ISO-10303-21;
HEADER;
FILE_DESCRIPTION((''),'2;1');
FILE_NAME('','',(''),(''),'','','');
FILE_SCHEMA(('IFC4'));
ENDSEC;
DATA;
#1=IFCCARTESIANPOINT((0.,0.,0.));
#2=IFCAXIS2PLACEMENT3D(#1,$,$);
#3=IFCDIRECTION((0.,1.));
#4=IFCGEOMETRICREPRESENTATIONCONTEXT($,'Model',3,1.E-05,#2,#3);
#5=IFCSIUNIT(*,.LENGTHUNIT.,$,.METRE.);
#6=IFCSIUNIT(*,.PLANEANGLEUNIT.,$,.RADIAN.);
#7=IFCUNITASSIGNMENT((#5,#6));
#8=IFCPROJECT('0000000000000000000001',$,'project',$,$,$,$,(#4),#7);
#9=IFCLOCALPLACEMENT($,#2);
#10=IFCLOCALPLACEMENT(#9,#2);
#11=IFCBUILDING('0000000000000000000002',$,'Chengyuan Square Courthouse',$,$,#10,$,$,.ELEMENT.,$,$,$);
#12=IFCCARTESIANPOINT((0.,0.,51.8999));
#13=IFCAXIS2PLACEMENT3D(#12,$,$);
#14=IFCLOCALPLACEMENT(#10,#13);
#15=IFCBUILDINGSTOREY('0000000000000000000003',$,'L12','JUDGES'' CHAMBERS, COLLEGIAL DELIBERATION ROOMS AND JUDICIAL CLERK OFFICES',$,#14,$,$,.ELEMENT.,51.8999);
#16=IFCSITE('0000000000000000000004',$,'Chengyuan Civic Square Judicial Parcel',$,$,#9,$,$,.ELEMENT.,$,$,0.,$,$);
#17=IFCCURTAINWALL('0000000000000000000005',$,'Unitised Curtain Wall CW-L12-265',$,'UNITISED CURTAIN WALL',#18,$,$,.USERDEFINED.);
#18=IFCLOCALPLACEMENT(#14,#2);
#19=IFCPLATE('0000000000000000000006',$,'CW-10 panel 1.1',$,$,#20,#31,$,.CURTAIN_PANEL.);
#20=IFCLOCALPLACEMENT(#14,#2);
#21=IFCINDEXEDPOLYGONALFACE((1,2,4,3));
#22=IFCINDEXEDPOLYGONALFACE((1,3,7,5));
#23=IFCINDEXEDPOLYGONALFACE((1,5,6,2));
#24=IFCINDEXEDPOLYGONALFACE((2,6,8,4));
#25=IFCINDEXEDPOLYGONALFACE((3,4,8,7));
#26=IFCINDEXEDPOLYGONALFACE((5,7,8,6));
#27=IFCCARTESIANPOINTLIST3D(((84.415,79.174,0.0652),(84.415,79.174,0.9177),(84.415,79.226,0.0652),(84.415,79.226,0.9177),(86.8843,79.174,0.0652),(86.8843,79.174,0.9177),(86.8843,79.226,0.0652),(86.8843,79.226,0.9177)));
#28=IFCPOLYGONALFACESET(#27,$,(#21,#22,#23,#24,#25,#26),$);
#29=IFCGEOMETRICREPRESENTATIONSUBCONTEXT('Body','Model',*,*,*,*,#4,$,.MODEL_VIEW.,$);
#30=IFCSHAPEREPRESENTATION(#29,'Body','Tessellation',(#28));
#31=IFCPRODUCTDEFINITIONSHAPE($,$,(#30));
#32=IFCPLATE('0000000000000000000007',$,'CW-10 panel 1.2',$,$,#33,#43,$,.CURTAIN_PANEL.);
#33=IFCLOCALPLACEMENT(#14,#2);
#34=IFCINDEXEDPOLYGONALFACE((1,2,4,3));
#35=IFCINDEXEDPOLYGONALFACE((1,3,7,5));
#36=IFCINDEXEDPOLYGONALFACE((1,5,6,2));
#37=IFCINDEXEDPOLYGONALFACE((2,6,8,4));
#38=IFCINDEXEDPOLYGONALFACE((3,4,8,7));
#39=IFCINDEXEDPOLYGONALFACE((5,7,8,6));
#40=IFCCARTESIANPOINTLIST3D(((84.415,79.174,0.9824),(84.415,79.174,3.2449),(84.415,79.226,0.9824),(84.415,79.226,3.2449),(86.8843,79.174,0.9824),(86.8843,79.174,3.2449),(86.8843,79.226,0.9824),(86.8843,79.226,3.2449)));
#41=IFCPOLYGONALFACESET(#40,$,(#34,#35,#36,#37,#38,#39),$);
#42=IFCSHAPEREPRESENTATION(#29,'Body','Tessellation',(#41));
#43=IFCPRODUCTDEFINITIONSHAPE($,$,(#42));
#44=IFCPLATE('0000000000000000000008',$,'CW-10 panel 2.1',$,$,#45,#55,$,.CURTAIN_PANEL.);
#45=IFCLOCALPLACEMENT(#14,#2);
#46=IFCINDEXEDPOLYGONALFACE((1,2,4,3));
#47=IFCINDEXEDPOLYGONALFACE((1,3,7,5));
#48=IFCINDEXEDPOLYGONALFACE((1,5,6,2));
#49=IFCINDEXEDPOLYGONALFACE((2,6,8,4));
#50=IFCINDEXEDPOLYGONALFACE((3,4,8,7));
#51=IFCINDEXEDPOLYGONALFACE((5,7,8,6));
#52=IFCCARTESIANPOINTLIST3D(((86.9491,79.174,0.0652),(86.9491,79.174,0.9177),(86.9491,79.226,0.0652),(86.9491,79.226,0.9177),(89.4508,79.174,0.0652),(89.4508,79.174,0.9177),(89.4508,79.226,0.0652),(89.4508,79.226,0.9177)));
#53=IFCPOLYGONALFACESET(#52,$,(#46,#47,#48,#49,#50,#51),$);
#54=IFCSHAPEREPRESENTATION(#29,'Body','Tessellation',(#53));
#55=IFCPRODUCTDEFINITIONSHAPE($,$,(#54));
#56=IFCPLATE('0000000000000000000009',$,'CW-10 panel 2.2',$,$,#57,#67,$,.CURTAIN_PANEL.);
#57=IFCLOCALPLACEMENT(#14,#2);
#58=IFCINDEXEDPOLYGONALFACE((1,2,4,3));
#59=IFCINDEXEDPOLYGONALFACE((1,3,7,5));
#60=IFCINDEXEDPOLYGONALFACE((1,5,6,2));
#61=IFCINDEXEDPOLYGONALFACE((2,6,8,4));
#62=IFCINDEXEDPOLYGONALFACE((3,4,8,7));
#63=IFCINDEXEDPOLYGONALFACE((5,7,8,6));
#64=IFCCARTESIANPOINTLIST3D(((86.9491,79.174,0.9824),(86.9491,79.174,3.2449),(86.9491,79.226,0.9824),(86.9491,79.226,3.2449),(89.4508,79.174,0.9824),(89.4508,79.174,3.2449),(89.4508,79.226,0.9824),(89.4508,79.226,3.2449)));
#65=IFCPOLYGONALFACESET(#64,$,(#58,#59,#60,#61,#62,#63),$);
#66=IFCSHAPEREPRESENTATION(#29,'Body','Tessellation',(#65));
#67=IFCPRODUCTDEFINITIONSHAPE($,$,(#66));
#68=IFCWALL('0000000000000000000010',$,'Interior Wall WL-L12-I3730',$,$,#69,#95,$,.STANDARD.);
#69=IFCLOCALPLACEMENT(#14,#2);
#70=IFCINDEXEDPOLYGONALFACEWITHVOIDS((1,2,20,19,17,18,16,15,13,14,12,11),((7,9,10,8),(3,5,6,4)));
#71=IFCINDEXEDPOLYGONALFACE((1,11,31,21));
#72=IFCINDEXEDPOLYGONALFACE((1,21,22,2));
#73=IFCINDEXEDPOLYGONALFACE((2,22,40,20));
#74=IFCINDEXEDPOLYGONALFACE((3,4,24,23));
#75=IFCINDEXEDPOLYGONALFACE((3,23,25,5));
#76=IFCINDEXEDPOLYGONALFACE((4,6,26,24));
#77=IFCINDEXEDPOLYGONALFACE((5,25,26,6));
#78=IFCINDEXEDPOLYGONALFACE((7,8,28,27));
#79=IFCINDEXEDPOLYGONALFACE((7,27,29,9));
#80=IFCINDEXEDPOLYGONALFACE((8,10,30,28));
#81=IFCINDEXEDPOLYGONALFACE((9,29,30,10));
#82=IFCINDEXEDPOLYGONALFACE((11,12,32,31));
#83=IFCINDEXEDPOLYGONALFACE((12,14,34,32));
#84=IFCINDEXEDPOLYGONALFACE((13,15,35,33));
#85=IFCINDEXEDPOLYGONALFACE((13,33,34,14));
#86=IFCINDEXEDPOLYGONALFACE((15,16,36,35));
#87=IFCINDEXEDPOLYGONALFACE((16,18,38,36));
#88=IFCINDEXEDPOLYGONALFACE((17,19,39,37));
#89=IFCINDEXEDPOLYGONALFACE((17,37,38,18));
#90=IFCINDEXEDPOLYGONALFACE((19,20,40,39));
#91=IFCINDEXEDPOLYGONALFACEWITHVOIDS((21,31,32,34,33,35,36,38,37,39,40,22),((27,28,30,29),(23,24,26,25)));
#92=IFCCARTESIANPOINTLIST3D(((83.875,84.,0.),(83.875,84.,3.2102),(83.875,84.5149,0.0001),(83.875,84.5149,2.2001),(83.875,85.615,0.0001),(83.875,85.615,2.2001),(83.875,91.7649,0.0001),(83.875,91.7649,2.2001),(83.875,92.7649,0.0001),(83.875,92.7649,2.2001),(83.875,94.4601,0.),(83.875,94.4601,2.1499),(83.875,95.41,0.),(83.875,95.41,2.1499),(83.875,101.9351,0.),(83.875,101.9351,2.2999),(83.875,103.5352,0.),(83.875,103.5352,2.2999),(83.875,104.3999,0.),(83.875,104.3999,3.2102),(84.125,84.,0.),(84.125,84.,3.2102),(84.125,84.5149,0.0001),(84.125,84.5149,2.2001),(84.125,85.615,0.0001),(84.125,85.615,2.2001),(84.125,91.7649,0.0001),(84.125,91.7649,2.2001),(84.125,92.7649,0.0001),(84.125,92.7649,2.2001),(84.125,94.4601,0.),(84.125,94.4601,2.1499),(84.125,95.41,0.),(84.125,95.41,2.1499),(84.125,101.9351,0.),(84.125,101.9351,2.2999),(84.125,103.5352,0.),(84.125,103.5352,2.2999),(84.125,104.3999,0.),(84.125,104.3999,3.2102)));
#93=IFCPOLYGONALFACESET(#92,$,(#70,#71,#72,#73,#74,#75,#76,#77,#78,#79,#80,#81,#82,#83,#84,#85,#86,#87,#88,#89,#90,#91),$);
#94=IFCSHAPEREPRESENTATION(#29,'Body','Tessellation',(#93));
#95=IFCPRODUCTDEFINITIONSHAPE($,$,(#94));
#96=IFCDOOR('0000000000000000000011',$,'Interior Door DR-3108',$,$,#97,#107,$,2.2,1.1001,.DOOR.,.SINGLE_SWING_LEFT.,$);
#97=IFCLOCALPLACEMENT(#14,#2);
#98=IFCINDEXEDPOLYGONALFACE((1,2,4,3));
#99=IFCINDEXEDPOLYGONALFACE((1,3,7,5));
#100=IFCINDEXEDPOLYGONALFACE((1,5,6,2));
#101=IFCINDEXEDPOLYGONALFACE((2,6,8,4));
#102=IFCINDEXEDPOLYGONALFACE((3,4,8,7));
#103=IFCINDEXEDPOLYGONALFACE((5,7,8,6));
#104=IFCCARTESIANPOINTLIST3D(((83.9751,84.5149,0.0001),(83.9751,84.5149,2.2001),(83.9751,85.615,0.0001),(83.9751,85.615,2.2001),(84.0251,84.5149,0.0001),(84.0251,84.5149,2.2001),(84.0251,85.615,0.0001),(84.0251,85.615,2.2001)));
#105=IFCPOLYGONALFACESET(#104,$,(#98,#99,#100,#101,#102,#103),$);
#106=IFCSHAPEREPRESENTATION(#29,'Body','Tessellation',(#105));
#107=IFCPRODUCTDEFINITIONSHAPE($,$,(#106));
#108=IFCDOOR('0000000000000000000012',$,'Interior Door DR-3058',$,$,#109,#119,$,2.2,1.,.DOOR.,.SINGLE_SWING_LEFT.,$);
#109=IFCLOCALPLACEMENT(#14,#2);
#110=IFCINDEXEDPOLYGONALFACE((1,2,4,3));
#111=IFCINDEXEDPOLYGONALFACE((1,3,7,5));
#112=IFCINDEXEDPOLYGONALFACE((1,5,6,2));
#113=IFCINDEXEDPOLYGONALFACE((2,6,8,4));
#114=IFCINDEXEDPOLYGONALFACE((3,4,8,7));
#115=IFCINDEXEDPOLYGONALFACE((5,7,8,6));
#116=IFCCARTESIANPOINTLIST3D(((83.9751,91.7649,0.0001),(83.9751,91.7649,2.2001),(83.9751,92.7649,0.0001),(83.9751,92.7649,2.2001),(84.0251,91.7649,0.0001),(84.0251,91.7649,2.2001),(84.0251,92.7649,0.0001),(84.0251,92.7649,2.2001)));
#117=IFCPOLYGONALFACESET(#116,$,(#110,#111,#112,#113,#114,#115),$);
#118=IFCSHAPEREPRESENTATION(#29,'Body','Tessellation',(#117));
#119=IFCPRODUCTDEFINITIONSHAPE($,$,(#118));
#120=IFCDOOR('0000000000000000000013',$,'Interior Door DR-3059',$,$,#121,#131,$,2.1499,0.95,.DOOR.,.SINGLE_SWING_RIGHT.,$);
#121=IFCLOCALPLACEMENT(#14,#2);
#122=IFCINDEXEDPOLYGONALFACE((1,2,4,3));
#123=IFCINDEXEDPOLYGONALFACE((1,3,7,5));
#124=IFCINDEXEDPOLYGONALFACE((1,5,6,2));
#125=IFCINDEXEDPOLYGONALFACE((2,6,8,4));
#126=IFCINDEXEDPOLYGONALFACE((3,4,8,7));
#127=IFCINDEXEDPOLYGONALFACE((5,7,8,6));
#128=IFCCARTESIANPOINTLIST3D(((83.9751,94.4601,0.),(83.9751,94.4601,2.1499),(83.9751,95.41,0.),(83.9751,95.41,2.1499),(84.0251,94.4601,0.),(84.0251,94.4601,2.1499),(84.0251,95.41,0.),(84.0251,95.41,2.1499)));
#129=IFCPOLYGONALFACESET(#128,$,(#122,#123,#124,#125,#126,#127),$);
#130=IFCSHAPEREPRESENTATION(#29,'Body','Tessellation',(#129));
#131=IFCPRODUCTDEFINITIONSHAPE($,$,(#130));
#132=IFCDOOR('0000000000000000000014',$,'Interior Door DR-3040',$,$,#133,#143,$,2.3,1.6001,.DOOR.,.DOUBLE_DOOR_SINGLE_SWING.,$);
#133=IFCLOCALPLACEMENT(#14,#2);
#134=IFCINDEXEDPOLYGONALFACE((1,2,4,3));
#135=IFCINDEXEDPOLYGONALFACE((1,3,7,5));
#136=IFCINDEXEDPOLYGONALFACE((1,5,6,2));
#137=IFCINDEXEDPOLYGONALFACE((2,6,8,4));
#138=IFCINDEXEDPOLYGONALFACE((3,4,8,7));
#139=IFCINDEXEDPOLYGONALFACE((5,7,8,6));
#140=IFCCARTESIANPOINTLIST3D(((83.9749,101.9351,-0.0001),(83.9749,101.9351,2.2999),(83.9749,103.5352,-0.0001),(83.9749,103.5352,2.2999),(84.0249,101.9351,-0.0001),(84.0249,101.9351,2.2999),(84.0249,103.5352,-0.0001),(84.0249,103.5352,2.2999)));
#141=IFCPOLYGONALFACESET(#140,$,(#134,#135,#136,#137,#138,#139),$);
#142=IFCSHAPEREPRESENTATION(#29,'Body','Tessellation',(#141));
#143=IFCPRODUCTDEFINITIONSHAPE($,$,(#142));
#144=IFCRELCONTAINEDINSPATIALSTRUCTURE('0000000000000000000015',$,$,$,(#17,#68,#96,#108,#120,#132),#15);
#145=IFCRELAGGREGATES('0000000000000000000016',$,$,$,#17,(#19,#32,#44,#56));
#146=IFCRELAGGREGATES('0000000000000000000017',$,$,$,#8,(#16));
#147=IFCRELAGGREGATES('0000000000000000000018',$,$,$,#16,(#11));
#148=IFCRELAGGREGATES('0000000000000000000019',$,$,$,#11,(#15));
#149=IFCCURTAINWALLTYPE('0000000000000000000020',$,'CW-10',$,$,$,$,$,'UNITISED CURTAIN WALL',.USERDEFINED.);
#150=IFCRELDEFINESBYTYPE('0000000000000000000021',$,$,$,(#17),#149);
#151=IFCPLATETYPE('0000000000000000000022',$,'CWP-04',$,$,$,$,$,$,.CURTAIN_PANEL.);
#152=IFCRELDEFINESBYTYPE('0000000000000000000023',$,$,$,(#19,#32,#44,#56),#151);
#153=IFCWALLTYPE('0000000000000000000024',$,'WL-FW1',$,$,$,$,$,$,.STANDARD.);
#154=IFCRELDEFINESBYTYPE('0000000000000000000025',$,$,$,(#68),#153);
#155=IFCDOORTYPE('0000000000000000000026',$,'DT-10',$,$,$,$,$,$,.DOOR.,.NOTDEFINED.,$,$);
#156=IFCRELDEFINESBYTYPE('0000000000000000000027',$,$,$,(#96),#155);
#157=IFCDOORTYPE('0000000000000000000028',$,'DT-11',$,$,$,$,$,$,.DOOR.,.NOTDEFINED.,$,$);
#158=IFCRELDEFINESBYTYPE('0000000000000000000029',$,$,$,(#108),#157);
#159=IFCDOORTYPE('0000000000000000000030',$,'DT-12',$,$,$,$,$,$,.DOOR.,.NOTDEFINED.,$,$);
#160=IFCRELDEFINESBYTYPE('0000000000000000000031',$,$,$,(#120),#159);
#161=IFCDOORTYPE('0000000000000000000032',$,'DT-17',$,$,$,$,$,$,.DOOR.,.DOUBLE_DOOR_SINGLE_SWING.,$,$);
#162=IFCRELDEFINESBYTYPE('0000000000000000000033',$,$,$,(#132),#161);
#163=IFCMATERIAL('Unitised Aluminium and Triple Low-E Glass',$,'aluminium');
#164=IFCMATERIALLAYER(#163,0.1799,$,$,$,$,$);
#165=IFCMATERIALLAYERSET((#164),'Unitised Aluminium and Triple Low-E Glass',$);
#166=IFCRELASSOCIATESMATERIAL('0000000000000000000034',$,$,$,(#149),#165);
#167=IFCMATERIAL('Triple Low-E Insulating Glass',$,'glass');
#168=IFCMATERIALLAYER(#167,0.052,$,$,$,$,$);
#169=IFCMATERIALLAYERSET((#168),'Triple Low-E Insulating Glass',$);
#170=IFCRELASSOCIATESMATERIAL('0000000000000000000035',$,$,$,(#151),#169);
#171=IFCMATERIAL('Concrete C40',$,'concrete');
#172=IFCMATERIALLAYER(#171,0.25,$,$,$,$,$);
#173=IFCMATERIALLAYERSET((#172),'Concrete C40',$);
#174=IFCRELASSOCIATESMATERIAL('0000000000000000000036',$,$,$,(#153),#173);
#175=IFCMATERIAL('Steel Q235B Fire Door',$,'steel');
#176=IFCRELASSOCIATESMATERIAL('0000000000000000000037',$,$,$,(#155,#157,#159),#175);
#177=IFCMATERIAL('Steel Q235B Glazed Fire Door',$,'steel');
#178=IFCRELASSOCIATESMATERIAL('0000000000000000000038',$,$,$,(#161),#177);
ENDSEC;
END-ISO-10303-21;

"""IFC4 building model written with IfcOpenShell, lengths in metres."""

from ifc_helpers import new_model, si_unit, direction, frame, frame_2d, origin, origin_2d, place, context, subcontext, project, spatial, rectangle, extrude, material, layer, layer_set, type_object, element, fill, aggregate, save


model = new_model("IFC4")

# Units and contexts
model_context = context("Model", 3, precision=1e-05, world=origin(), true_north=direction((0.0, 1.0)))
body_context = subcontext(model_context, "Body", "Model", "MODEL_VIEW")
ifc_project = project(units=[si_unit("LENGTHUNIT", "METRE"), si_unit("PLANEANGLEUNIT", "RADIAN")], contexts=[model_context])

# Site, building, storey
site_placement = place(None, origin())
site = spatial("IfcSite", under=ifc_project, at=site_placement, Name="Chengyuan Civic Square Judicial Parcel", CompositionType="ELEMENT", RefElevation=0.0)
building_placement = place(site_placement, origin())
building = spatial("IfcBuilding", under=site, at=building_placement, Name="Chengyuan Square Courthouse", CompositionType="ELEMENT")
storey_placement = place(building_placement, frame((0.0, 0.0, 51.8999)))
storey = spatial("IfcBuildingStorey", under=building, at=storey_placement, Name="L12", Description="JUDGES' CHAMBERS, COLLEGIAL DELIBERATION ROOMS AND JUDICIAL CLERK OFFICES", CompositionType="ELEMENT", Elevation=51.8999)

# Shared definitions
ifc_material_1 = material(Name="Concrete C40", Category="concrete")

# Curtain wall, plates
ifc_material_2 = material(Name="Unitised Aluminium and Triple Low-E Glass", Category="aluminium")
ifc_layer_1 = layer(ifc_material_2, 0.1799)
ifc_layer_set_1 = layer_set([ifc_layer_1], Name="Unitised Aluminium and Triple Low-E Glass")
curtain_wall_type = type_object("IfcCurtainWallType", Name="CW-10", ElementType="UNITISED CURTAIN WALL", PredefinedType="USERDEFINED", material=ifc_layer_set_1)
curtain_wall_placement = place(storey_placement, origin())
curtain_wall = element("IfcCurtainWall", 1, at=curtain_wall_placement, inside=storey, type_object=curtain_wall_type, Name="Unitised Curtain Wall CW-L12-265", ObjectType="UNITISED CURTAIN WALL", PredefinedType="USERDEFINED")
ifc_material_3 = material(Name="Triple Low-E Insulating Glass", Category="glass")
ifc_layer_2 = layer(ifc_material_3, 0.052)
ifc_layer_set_2 = layer_set([ifc_layer_2], Name="Triple Low-E Insulating Glass")
plate_type = type_object("IfcPlateType", Name="CWP-04", PredefinedType="CURTAIN_PANEL", material=ifc_layer_set_2)
plate_1_placement = place(storey_placement, frame((85.6497, 79.2, 0.0652), z_axis=(0.0, 0.0, 1.0), x_axis=(1.0, 0.0, 0.0)))
plate_1 = element("IfcPlate", 2, at=plate_1_placement, type_object=plate_type, Name="CW-10 panel 1.1", PredefinedType="CURTAIN_PANEL", context=body_context, shape_type="SweptSolid", body=[
    extrude(rectangle(XDim=2.4692, YDim=0.052, at=origin_2d()), origin(), (0.0, 0.0, 1.0), 0.8525),
])
plate_2_placement = place(storey_placement, frame((85.6497, 79.2, 0.9824), z_axis=(0.0, 0.0, 1.0), x_axis=(1.0, 0.0, 0.0)))
plate_2 = element("IfcPlate", 3, at=plate_2_placement, type_object=plate_type, Name="CW-10 panel 1.2", PredefinedType="CURTAIN_PANEL", context=body_context, shape_type="SweptSolid", body=[
    extrude(rectangle(XDim=2.4692, YDim=0.052, at=origin_2d()), origin(), (0.0, 0.0, 1.0), 2.2625),
])
plate_3_placement = place(storey_placement, frame((88.2, 79.2, 0.0652), z_axis=(0.0, 0.0, 1.0), x_axis=(1.0, 0.0, 0.0)))
plate_3 = element("IfcPlate", 4, at=plate_3_placement, type_object=plate_type, Name="CW-10 panel 2.1", PredefinedType="CURTAIN_PANEL", context=body_context, shape_type="SweptSolid", body=[
    extrude(rectangle(XDim=2.5017, YDim=0.052, at=origin_2d()), origin(), (0.0, 0.0, 1.0), 0.8525),
])
plate_4_placement = place(storey_placement, frame((88.2, 79.2, 0.9824), z_axis=(0.0, 0.0, 1.0), x_axis=(1.0, 0.0, 0.0)))
plate_4 = element("IfcPlate", 5, at=plate_4_placement, type_object=plate_type, Name="CW-10 panel 2.2", PredefinedType="CURTAIN_PANEL", context=body_context, shape_type="SweptSolid", body=[
    extrude(rectangle(XDim=2.5017, YDim=0.052, at=origin_2d()), origin(), (0.0, 0.0, 1.0), 2.2625),
])
aggregate(curtain_wall, [plate_1, plate_2, plate_3, plate_4])

# Wall, openings, doors
ifc_layer_3 = layer(ifc_material_1, 0.25)
ifc_layer_set_3 = layer_set([ifc_layer_3], Name="Concrete C40")
wall_type_1 = type_object("IfcWallType", Name="WL-FW1", PredefinedType="STANDARD", material=ifc_layer_set_3)
wall_1_placement = place(storey_placement, frame((84.0, 84.0, 0.0), z_axis=(0.0, 0.0, 1.0), x_axis=(0.0, 1.0, 0.0)))
wall_1 = element("IfcWall", 6, at=wall_1_placement, inside=storey, type_object=wall_type_1, Name="Interior Wall WL-L12-I3730", PredefinedType="STANDARD", context=body_context, shape_type="SweptSolid", body=[
    extrude(rectangle(XDim=20.3999, YDim=0.25, at=frame_2d((10.2, 0.0))), origin(), (0.0, 0.0, 1.0), 3.2102),
])
opening_1_placement = place(wall_1_placement, frame((17.9351, 0.0, 0.0)))
opening_1 = element("IfcOpeningElement", 7, at=opening_1_placement, cuts=wall_1, PredefinedType="OPENING", context=body_context, shape_type="SweptSolid", body=[
    extrude(rectangle(XDim=1.6001, YDim=2.3, at=frame_2d((0.8, 1.1499))), frame((0.0, 0.137, 0.0), z_axis=(0.0, -1.0, 0.0), x_axis=(1.0, 0.0, 0.0)), (0.0, 0.0, 1.0), 0.2739),
])
opening_2_placement = place(wall_1_placement, frame((7.7649, 0.0, 0.0)))
opening_2 = element("IfcOpeningElement", 8, at=opening_2_placement, cuts=wall_1, PredefinedType="OPENING", context=body_context, shape_type="SweptSolid", body=[
    extrude(rectangle(XDim=1.0, YDim=2.2, at=frame_2d((0.5, 1.1001))), frame((0.0, 0.137, 0.0), z_axis=(0.0, -1.0, 0.0), x_axis=(1.0, 0.0, 0.0)), (0.0, 0.0, 1.0), 0.2739),
])
opening_3_placement = place(wall_1_placement, frame((10.46, 0.0, 0.0)))
opening_3 = element("IfcOpeningElement", 9, at=opening_3_placement, cuts=wall_1, PredefinedType="OPENING", context=body_context, shape_type="SweptSolid", body=[
    extrude(rectangle(XDim=0.95, YDim=2.1499, at=frame_2d((0.4751, 1.075))), frame((0.0, 0.137, 0.0), z_axis=(0.0, -1.0, 0.0), x_axis=(1.0, 0.0, 0.0)), (0.0, 0.0, 1.0), 0.2739),
])
opening_4_placement = place(wall_1_placement, frame((0.5149, 0.0, 0.0)))
opening_4 = element("IfcOpeningElement", 10, at=opening_4_placement, cuts=wall_1, PredefinedType="OPENING", context=body_context, shape_type="SweptSolid", body=[
    extrude(rectangle(XDim=1.1001, YDim=2.2, at=frame_2d((0.55, 1.1001))), frame((0.0, 0.137, 0.0), z_axis=(0.0, -1.0, 0.0), x_axis=(1.0, 0.0, 0.0)), (0.0, 0.0, 1.0), 0.2739),
])
ifc_material_4 = material(Name="Steel Q235B Fire Door", Category="steel")
door_type_1 = type_object("IfcDoorType", Name="DT-10", OperationType="NOTDEFINED", PredefinedType="DOOR", material=ifc_material_4)
door_1_placement = place(opening_4_placement, origin())
door_1 = element("IfcDoor", 11, at=door_1_placement, inside=storey, type_object=door_type_1, Name="Interior Door DR-3108", OperationType="SINGLE_SWING_LEFT", OverallHeight=2.2, OverallWidth=1.1001, PredefinedType="DOOR", context=body_context, shape_type="SweptSolid", body=[
    extrude(rectangle(XDim=1.1001, YDim=2.2, at=frame_2d((0.55, 1.1001))), frame((0.0, 0.0249, 0.0), z_axis=(0.0, -1.0, 0.0), x_axis=(1.0, 0.0, 0.0)), (0.0, 0.0, 1.0), 0.05),
])
fill(opening_4, door_1)
door_type_2 = type_object("IfcDoorType", Name="DT-11", OperationType="NOTDEFINED", PredefinedType="DOOR", material=ifc_material_4)
door_2_placement = place(opening_2_placement, origin())
door_2 = element("IfcDoor", 12, at=door_2_placement, inside=storey, type_object=door_type_2, Name="Interior Door DR-3058", OperationType="SINGLE_SWING_LEFT", OverallHeight=2.2, OverallWidth=1.0, PredefinedType="DOOR", context=body_context, shape_type="SweptSolid", body=[
    extrude(rectangle(XDim=1.0, YDim=2.2, at=frame_2d((0.5, 1.1001))), frame((0.0, 0.0249, 0.0), z_axis=(0.0, -1.0, 0.0), x_axis=(1.0, 0.0, 0.0)), (0.0, 0.0, 1.0), 0.05),
])
fill(opening_2, door_2)
door_type_3 = type_object("IfcDoorType", Name="DT-12", OperationType="NOTDEFINED", PredefinedType="DOOR", material=ifc_material_4)
door_3_placement = place(opening_3_placement, origin())
door_3 = element("IfcDoor", 13, at=door_3_placement, inside=storey, type_object=door_type_3, Name="Interior Door DR-3059", OperationType="SINGLE_SWING_RIGHT", OverallHeight=2.1499, OverallWidth=0.95, PredefinedType="DOOR", context=body_context, shape_type="SweptSolid", body=[
    extrude(rectangle(XDim=0.95, YDim=2.1499, at=frame_2d((0.4751, 1.075))), frame((0.0, 0.0249, 0.0), z_axis=(0.0, -1.0, 0.0), x_axis=(1.0, 0.0, 0.0)), (0.0, 0.0, 1.0), 0.05),
])
fill(opening_3, door_3)
ifc_material_5 = material(Name="Steel Q235B Glazed Fire Door", Category="steel")
door_type_4 = type_object("IfcDoorType", Name="DT-17", OperationType="DOUBLE_DOOR_SINGLE_SWING", PredefinedType="DOOR", material=ifc_material_5)
door_4_placement = place(opening_1_placement, frame((1.6001, 0.0, 0.0), z_axis=(0.0, 0.0, 1.0), x_axis=(-1.0, 0.0, 0.0)))
door_4 = element("IfcDoor", 14, at=door_4_placement, inside=storey, type_object=door_type_4, Name="Interior Door DR-3040", OperationType="DOUBLE_DOOR_SINGLE_SWING", OverallHeight=2.3, OverallWidth=1.6001, PredefinedType="DOOR", context=body_context, shape_type="SweptSolid", body=[
    extrude(rectangle(XDim=1.6001, YDim=2.3, at=frame_2d((0.8, 1.1499))), frame((0.0, 0.0249, 0.0), z_axis=(0.0, -1.0, 0.0), x_axis=(1.0, 0.0, 0.0)), (0.0, 0.0, 1.0), 0.05),
])
fill(opening_1, door_4)

save(model, "model.ifc")
